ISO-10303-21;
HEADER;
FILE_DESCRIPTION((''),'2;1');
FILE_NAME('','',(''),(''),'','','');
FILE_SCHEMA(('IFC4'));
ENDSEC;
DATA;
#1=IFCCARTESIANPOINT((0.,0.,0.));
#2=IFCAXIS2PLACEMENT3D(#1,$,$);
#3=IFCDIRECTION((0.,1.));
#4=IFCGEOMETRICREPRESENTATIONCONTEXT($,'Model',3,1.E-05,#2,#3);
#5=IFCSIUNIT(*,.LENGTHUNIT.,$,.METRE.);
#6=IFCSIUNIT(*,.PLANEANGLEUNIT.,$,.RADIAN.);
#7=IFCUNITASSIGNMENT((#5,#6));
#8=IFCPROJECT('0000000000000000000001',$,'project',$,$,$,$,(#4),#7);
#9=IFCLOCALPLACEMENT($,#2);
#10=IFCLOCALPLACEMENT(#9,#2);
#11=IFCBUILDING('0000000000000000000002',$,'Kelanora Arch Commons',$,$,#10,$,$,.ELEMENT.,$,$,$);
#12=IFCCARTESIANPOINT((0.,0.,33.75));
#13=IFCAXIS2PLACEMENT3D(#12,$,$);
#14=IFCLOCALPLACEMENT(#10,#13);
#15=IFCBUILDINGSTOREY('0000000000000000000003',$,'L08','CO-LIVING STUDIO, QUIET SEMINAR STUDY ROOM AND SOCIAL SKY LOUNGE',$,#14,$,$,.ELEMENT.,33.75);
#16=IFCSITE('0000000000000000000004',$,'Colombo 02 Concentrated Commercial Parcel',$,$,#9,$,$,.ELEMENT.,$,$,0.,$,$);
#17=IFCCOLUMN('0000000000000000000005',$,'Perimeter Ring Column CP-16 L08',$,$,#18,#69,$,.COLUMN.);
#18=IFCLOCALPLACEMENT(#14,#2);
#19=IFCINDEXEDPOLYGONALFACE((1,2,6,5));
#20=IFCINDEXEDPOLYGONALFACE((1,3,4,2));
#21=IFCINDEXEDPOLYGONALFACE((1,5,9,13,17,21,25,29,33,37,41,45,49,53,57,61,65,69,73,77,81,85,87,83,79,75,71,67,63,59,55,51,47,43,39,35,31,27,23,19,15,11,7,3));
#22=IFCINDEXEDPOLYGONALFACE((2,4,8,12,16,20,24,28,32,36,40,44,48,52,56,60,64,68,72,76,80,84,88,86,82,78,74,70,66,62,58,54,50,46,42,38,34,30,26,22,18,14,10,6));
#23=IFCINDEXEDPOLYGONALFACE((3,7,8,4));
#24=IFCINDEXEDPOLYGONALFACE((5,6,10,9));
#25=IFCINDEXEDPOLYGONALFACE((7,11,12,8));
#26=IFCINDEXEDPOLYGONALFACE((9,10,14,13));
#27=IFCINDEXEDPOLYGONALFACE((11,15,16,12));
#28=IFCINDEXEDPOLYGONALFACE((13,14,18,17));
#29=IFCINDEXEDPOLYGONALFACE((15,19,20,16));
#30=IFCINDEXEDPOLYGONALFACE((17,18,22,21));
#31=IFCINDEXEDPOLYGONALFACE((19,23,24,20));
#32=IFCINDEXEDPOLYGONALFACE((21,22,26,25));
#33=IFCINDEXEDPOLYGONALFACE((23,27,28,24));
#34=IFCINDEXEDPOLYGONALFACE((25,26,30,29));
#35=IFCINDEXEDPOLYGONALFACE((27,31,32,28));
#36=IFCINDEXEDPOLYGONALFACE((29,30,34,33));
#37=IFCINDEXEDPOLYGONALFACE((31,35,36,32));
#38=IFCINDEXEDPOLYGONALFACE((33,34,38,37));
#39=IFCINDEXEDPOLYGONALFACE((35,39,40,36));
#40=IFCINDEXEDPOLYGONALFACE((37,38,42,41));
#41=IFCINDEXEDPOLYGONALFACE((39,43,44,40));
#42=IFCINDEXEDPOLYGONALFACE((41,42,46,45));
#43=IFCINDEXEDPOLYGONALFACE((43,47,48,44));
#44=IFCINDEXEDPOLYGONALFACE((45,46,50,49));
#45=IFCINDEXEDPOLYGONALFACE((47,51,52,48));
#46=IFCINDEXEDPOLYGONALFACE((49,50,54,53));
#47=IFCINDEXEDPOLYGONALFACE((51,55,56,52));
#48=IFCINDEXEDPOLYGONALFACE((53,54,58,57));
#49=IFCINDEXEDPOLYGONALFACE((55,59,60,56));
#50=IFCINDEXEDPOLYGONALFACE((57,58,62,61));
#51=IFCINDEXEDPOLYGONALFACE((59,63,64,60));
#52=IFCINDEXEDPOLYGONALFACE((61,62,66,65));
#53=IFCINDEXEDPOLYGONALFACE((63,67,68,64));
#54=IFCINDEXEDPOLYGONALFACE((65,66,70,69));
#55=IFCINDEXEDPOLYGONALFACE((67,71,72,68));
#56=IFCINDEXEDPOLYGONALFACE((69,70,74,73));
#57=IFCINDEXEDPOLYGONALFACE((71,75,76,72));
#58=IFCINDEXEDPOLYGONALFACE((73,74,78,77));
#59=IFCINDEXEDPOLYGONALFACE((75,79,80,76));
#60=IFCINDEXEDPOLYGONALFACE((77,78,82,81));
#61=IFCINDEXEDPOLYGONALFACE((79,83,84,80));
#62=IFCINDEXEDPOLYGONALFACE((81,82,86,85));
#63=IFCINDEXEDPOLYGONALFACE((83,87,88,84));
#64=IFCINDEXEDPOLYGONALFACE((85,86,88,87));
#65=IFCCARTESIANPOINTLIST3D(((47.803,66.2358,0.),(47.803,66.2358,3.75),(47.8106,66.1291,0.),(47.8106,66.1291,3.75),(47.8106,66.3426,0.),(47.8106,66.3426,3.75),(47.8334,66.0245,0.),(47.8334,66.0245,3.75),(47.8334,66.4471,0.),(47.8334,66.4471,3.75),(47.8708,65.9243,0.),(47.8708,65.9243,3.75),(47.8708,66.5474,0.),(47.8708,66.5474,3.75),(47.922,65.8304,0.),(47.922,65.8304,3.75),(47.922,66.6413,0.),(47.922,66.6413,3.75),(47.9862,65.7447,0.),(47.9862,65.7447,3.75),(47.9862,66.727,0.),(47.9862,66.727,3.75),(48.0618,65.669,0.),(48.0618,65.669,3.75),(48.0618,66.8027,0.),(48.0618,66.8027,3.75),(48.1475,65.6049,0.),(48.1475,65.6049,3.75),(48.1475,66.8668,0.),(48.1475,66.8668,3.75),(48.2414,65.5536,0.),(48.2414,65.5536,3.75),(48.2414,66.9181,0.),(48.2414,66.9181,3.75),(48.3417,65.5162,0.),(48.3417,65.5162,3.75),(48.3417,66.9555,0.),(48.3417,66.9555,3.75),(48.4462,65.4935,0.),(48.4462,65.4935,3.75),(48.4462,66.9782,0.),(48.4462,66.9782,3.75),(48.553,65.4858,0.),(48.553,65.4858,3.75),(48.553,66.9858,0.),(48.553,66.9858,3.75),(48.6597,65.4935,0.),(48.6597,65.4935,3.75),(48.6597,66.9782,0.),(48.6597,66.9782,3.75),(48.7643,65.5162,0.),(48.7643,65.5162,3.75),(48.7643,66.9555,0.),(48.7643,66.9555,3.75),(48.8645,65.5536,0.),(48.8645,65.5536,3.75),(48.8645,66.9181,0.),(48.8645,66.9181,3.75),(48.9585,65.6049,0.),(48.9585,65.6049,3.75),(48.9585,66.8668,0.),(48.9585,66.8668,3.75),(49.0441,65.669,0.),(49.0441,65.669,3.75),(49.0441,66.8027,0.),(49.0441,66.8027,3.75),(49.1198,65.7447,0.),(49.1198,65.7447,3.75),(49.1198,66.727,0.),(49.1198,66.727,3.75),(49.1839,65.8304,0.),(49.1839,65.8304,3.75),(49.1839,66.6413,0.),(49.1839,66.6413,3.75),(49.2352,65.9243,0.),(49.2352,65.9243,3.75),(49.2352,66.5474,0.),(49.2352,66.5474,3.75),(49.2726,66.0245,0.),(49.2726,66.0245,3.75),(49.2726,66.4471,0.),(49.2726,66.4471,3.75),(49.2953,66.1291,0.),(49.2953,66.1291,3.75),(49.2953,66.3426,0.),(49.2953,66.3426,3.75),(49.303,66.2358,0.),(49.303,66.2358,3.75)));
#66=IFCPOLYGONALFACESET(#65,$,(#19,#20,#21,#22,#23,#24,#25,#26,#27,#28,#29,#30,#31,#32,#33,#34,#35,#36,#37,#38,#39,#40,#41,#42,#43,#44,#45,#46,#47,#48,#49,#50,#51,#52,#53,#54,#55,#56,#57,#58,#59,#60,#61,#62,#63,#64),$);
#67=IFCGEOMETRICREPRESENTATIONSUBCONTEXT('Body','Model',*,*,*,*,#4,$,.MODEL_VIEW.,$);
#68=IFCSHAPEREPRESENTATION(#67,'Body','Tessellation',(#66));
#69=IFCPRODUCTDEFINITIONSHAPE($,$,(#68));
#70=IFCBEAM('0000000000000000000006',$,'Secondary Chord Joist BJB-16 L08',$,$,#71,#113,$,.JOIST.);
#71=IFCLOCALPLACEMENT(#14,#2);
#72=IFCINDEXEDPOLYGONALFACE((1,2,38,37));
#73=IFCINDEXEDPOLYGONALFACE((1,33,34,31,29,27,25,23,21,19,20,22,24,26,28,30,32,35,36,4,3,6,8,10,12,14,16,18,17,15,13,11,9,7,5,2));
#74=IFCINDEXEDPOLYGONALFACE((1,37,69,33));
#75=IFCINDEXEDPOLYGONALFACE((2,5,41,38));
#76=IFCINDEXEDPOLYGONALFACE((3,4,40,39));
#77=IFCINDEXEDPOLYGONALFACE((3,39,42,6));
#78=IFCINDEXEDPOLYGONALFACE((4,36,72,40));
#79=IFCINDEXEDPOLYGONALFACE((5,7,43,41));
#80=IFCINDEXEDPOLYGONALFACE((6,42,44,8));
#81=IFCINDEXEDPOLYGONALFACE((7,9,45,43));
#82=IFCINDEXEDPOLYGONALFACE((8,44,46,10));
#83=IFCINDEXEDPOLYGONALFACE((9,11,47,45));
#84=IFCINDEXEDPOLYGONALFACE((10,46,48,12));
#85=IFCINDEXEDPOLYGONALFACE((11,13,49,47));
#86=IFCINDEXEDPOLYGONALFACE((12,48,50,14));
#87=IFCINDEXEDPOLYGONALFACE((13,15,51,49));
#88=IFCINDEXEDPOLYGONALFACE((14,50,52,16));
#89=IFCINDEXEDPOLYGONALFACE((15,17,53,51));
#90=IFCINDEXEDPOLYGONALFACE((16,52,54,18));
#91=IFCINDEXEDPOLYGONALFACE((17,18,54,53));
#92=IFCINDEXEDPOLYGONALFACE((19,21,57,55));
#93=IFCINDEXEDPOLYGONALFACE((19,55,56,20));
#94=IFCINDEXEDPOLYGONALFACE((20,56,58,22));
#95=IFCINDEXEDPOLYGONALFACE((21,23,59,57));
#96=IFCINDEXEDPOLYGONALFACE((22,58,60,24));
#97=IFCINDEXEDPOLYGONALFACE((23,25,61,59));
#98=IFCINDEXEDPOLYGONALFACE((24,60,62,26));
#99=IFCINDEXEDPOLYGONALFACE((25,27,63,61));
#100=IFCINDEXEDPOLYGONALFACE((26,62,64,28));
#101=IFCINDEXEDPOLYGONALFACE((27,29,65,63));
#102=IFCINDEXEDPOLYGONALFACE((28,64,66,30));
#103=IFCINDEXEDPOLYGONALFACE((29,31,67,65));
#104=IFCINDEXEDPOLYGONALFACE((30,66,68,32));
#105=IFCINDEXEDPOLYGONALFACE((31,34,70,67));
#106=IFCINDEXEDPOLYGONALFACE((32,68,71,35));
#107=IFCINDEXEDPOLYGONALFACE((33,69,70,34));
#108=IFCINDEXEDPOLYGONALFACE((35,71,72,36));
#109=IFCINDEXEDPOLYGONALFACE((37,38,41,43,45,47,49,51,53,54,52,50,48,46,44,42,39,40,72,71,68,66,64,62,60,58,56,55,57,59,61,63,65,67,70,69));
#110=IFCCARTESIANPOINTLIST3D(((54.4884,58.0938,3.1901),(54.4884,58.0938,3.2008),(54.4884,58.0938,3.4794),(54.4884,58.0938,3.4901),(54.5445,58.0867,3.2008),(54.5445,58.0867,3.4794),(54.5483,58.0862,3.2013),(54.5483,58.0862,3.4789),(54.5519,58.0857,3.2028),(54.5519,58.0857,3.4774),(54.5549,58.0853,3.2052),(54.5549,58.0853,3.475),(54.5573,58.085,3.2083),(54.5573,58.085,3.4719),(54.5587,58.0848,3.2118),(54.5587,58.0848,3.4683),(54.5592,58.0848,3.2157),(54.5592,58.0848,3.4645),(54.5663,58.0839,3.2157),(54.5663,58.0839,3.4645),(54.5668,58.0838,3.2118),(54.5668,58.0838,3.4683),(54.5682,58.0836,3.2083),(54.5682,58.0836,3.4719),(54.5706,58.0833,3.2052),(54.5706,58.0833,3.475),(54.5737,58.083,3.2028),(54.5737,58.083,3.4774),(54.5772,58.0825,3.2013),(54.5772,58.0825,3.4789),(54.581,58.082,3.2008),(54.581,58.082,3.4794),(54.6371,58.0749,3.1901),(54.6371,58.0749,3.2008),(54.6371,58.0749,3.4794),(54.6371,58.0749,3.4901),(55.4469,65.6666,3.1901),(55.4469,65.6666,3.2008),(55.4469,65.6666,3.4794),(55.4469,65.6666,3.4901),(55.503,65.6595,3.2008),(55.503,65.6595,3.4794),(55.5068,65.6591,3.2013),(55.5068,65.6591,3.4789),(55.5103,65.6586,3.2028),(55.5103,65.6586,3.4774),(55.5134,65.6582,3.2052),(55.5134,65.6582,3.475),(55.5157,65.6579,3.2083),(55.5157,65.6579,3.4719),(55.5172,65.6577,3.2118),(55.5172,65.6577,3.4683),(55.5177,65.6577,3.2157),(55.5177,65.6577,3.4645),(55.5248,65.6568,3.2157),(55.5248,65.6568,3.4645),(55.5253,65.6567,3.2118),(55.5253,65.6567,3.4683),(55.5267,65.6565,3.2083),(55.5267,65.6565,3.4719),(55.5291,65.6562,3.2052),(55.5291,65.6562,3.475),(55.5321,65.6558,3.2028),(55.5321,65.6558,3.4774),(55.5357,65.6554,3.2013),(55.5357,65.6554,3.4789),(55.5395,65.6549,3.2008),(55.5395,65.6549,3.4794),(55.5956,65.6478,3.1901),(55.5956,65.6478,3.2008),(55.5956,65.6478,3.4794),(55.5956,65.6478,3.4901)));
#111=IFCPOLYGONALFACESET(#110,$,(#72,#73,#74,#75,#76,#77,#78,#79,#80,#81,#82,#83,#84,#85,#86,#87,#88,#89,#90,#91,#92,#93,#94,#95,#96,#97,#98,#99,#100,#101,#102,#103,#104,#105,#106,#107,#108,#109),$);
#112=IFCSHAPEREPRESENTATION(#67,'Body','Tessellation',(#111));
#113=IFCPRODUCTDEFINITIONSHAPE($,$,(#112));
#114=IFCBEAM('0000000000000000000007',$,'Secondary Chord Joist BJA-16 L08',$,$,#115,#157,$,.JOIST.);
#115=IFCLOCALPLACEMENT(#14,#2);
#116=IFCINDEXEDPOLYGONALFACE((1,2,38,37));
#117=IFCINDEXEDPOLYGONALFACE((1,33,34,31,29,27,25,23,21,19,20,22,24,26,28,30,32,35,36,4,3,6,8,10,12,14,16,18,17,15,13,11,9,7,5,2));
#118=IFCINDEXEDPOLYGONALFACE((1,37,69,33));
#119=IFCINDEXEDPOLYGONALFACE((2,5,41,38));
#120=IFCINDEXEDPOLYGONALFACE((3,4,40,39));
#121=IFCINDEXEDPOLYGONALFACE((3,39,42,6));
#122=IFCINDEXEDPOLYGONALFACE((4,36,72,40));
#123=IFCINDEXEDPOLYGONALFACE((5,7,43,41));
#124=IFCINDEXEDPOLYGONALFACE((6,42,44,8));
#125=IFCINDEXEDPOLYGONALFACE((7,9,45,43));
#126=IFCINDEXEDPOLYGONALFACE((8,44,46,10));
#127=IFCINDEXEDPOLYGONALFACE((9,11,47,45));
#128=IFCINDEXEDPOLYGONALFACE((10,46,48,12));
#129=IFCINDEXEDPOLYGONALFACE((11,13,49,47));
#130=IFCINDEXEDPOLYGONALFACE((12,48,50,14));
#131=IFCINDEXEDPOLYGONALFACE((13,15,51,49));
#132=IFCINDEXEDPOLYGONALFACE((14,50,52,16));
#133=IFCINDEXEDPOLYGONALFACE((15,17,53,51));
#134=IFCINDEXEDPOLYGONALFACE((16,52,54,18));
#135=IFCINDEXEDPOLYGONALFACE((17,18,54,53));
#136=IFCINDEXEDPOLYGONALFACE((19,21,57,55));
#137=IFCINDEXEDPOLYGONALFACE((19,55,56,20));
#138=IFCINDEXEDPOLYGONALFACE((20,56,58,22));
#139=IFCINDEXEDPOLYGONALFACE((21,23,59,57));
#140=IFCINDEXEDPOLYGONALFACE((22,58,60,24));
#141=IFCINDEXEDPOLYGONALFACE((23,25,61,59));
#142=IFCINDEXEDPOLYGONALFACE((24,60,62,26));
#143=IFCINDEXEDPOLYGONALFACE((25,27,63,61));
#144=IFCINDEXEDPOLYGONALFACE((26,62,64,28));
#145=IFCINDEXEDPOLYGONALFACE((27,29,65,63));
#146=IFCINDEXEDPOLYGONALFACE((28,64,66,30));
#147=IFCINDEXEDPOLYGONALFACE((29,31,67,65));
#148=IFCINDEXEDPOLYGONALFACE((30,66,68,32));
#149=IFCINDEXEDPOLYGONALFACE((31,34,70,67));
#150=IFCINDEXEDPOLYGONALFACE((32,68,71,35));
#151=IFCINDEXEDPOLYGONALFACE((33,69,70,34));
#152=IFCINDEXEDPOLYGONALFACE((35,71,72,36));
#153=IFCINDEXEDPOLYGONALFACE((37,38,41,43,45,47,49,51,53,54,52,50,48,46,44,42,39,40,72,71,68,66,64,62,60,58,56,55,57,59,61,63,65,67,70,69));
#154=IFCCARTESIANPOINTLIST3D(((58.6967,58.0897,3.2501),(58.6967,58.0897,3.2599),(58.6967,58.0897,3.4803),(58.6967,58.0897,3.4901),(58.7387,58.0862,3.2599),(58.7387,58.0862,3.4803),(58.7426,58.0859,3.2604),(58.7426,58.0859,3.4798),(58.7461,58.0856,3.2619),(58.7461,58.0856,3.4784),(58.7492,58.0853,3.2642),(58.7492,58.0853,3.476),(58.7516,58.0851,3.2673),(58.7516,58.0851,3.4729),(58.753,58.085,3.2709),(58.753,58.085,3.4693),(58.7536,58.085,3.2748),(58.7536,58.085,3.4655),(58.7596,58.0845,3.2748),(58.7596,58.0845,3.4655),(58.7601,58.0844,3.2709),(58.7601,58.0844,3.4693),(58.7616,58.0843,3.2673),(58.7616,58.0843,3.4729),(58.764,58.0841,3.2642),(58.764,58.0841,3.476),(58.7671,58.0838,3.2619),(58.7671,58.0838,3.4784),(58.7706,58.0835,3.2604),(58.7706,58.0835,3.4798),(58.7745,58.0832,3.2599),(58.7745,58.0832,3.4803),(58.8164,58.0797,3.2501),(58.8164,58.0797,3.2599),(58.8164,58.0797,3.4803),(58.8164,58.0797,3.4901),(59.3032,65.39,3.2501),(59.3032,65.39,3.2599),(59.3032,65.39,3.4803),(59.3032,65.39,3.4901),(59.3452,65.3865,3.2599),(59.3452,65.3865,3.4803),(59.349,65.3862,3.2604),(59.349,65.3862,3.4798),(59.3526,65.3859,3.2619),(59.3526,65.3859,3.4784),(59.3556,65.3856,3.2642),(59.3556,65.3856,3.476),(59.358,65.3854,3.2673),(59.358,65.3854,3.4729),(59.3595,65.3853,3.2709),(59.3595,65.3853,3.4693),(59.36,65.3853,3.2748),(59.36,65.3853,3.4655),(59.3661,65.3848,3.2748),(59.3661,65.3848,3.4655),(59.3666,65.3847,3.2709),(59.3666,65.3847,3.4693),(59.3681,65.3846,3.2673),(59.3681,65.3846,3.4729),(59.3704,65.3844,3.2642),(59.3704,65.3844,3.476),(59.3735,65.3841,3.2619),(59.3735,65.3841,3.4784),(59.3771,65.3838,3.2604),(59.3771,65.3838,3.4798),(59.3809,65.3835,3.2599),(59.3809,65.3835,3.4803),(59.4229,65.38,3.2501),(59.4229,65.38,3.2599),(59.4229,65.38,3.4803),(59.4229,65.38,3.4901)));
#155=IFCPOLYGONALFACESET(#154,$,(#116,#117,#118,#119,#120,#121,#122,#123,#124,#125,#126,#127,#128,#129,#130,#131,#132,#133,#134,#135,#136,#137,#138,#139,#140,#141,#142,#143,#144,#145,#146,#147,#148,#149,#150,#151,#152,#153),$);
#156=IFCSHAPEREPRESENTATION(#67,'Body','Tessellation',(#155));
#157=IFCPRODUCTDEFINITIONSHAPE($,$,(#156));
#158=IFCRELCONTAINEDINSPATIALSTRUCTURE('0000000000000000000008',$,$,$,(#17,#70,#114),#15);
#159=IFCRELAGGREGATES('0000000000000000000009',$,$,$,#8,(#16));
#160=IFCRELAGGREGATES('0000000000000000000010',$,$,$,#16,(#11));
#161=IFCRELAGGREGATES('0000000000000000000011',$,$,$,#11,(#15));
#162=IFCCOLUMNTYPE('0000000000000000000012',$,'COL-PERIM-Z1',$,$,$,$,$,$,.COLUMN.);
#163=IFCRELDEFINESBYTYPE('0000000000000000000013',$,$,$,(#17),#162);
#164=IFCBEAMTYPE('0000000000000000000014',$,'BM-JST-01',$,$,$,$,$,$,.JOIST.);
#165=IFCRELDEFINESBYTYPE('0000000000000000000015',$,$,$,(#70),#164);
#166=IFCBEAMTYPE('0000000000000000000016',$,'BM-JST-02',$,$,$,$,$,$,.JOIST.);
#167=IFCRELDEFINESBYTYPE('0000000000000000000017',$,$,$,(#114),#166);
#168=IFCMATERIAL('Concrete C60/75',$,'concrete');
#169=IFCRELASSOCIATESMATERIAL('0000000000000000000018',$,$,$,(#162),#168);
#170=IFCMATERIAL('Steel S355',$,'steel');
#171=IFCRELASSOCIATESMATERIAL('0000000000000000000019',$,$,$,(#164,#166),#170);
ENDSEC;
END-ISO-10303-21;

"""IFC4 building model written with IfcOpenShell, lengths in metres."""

from ifc_helpers import new_model, si_unit, direction, frame, origin, origin_2d, place, context, subcontext, project, spatial, circle, i_section, extrude, material, material_profile, profile_set, type_object, element, save


model = new_model("IFC4")

# Units and contexts
model_context = context("Model", 3, precision=1e-05, world=origin(), true_north=direction((0.0, 1.0)))
body_context = subcontext(model_context, "Body", "Model", "MODEL_VIEW")
ifc_project = project(units=[si_unit("LENGTHUNIT", "METRE"), si_unit("PLANEANGLEUNIT", "RADIAN")], contexts=[model_context])

# Site, building, storey
site_placement = place(None, origin())
site = spatial("IfcSite", under=ifc_project, at=site_placement, Name="Colombo 02 Concentrated Commercial Parcel", CompositionType="ELEMENT", RefElevation=0.0)
building_placement = place(site_placement, origin())
building = spatial("IfcBuilding", under=site, at=building_placement, Name="Kelanora Arch Commons", CompositionType="ELEMENT")
storey_placement = place(building_placement, frame((0.0, 0.0, 33.75)))
storey = spatial("IfcBuildingStorey", under=building, at=storey_placement, Name="L08", Description="CO-LIVING STUDIO, QUIET SEMINAR STUDY ROOM AND SOCIAL SKY LOUNGE", CompositionType="ELEMENT", Elevation=33.75)

# Column
ifc_material_1 = material(Name="Concrete C60/75", Category="concrete")
ifc_material_profile_1 = material_profile(ifc_material_1, circle(Radius=0.75, at=origin_2d()), Name="RCC1500")
ifc_profile_set_1 = profile_set([ifc_material_profile_1], Name="Concrete C60/75")
column_type = type_object("IfcColumnType", Name="COL-PERIM-Z1", PredefinedType="COLUMN", material=ifc_profile_set_1)
column_placement = place(storey_placement, frame((48.553, 66.2358, 0.0), z_axis=(0.0, 0.0, 1.0), x_axis=(1.0, 0.0, 0.0)))
element("IfcColumn", 1, at=column_placement, inside=storey, type_object=column_type, Name="Perimeter Ring Column CP-16 L08", PredefinedType="COLUMN", context=body_context, shape_type="SweptSolid", body=[
    extrude(circle(Radius=0.75, at=origin_2d()), origin(), (0.0, 0.0, 1.0), 3.75),
])

# Beams
ifc_material_2 = material(Name="Steel S355", Category="steel")
ifc_material_profile_2 = material_profile(ifc_material_2, i_section(OverallWidth=0.1499, OverallDepth=0.3, WebThickness=0.0071, FlangeThickness=0.0107, FilletRadius=0.0149, at=origin_2d()), Name="IPE300")
ifc_profile_set_2 = profile_set([ifc_material_profile_2], Name="Steel S355")
beam_type_1 = type_object("IfcBeamType", Name="BM-JST-01", PredefinedType="JOIST", material=ifc_profile_set_2)
beam_1_placement = place(storey_placement, frame((55.5212, 65.6572, 3.3401), z_axis=(-0.125566, -0.992085, 0.0), x_axis=(0.992085, -0.125566, 0.0)))
element("IfcBeam", 2, at=beam_1_placement, inside=storey, type_object=beam_type_1, Name="Secondary Chord Joist BJB-16 L08", PredefinedType="JOIST", context=body_context, shape_type="SweptSolid", body=[
    extrude(i_section(OverallWidth=0.1499, OverallDepth=0.3, WebThickness=0.0071, FlangeThickness=0.0107, FilletRadius=0.0149, at=origin_2d()), origin(), (0.0, 0.0, 1.0), 7.6333),
])
ifc_material_profile_3 = material_profile(ifc_material_2, i_section(OverallWidth=0.1201, OverallDepth=0.24, WebThickness=0.0061, FlangeThickness=0.0098, FilletRadius=0.0149, at=origin_2d()), Name="IPE240")
ifc_profile_set_3 = profile_set([ifc_material_profile_3], Name="Steel S355")
beam_type_2 = type_object("IfcBeamType", Name="BM-JST-02", PredefinedType="JOIST", material=ifc_profile_set_3)
beam_2_placement = place(storey_placement, frame((59.363, 65.385, 3.3701), z_axis=(-0.082786, -0.996567, 0.0), x_axis=(0.996567, -0.082786, 0.0)))
element("IfcBeam", 3, at=beam_2_placement, inside=storey, type_object=beam_type_2, Name="Secondary Chord Joist BJA-16 L08", PredefinedType="JOIST", context=body_context, shape_type="SweptSolid", body=[
    extrude(i_section(OverallWidth=0.1201, OverallDepth=0.24, WebThickness=0.0061, FlangeThickness=0.0098, FilletRadius=0.0149, at=origin_2d()), origin(), (0.0, 0.0, 1.0), 7.3254),
])

save(model, "model.ifc")
